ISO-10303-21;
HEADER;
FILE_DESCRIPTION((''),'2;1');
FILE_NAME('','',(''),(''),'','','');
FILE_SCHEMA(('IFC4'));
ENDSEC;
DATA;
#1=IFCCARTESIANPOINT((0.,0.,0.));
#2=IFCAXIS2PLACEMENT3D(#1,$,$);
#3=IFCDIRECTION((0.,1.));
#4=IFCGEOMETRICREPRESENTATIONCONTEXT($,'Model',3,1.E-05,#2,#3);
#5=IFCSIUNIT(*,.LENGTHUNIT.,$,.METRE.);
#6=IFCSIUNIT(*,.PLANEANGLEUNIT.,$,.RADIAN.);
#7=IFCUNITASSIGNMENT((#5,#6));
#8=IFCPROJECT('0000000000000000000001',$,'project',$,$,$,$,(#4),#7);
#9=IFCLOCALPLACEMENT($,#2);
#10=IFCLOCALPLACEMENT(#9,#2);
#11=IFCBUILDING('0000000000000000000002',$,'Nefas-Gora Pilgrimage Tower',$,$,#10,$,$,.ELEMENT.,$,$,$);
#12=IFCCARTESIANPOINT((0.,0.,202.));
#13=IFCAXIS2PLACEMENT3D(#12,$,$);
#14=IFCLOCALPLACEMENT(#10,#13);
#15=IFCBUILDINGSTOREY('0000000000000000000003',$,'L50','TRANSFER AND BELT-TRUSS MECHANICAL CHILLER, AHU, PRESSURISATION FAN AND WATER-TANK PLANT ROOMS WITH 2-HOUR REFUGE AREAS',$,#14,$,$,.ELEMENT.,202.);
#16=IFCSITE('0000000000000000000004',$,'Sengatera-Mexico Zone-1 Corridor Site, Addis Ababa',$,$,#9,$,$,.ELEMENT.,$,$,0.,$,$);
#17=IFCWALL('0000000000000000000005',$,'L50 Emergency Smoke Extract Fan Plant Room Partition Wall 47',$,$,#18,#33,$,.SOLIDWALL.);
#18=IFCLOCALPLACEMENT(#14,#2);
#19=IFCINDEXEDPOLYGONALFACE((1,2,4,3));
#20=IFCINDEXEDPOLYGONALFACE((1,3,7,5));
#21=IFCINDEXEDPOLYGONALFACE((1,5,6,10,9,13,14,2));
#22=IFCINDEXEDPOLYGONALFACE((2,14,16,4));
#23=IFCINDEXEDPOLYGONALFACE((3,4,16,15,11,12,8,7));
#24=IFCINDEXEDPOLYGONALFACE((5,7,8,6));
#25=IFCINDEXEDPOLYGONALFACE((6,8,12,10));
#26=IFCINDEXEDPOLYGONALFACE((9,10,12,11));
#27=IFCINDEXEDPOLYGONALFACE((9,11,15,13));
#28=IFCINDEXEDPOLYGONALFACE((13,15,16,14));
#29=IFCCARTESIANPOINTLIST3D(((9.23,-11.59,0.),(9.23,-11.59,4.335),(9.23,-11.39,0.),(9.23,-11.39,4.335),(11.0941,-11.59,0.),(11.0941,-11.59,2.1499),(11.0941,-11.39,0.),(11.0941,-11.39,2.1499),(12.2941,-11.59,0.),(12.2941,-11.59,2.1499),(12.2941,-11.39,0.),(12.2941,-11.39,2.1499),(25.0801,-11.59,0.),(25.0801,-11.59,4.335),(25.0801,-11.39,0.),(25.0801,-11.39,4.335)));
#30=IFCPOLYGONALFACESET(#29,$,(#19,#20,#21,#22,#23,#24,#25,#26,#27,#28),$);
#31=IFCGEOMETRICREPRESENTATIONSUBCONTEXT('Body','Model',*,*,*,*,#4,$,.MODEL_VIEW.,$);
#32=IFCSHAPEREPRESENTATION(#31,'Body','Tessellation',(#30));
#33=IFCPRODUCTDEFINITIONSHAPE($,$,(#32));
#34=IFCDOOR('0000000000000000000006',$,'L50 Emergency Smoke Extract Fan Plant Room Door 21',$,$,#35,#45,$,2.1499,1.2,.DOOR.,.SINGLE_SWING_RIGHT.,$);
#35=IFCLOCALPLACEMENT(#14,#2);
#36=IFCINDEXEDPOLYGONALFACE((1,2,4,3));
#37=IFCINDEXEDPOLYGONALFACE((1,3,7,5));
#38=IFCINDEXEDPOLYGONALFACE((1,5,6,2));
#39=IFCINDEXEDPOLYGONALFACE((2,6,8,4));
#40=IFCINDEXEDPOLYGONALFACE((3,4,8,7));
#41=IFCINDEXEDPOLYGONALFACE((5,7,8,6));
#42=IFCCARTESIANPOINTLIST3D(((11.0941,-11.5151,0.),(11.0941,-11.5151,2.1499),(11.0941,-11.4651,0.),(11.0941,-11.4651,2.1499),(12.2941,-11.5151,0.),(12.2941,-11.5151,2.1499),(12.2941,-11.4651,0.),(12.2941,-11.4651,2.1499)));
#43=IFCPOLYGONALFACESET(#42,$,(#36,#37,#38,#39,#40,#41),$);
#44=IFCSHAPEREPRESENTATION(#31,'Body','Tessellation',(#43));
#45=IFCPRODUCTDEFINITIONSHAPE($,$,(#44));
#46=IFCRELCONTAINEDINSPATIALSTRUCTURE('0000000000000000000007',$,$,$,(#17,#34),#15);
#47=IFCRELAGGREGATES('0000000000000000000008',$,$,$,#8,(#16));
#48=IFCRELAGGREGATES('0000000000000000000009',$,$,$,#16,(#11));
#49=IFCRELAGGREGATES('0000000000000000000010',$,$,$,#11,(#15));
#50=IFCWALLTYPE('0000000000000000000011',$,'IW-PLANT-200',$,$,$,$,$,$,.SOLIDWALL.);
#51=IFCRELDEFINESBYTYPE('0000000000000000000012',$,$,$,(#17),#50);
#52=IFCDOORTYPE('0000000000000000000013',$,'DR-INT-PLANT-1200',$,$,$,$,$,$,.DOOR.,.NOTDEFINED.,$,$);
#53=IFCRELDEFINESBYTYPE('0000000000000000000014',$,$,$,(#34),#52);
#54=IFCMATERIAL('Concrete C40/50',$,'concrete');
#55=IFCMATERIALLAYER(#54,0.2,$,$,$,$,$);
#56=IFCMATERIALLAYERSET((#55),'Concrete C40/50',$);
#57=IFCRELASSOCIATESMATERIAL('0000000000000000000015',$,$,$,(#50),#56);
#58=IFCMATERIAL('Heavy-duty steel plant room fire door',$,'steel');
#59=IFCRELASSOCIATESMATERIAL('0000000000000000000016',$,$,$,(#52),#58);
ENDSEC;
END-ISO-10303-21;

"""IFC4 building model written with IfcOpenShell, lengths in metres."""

from ifc_helpers import new_model, si_unit, direction, frame, frame_2d, origin, place, context, subcontext, project, spatial, rectangle, extrude, source, transform, mapped, material, layer, layer_set, type_object, element, fill, save


model = new_model("IFC4")

# Units and contexts
model_context = context("Model", 3, precision=1e-05, world=origin(), true_north=direction((0.0, 1.0)))
body_context = subcontext(model_context, "Body", "Model", "MODEL_VIEW")
ifc_project = project(units=[si_unit("LENGTHUNIT", "METRE"), si_unit("PLANEANGLEUNIT", "RADIAN")], contexts=[model_context])

# Site, building, storey
site_placement = place(None, origin())
site = spatial("IfcSite", under=ifc_project, at=site_placement, Name="Sengatera-Mexico Zone-1 Corridor Site, Addis Ababa", CompositionType="ELEMENT", RefElevation=0.0)
building_placement = place(site_placement, origin())
building = spatial("IfcBuilding", under=site, at=building_placement, Name="Nefas-Gora Pilgrimage Tower", CompositionType="ELEMENT")
storey_placement = place(building_placement, frame((0.0, 0.0, 202.0)))
storey = spatial("IfcBuildingStorey", under=building, at=storey_placement, Name="L50", Description="TRANSFER AND BELT-TRUSS MECHANICAL CHILLER, AHU, PRESSURISATION FAN AND WATER-TANK PLANT ROOMS WITH 2-HOUR REFUGE AREAS", CompositionType="ELEMENT", Elevation=202.0)

# Shared definitions
ifc_material_1 = material(Name="Concrete C40/50", Category="concrete")
ifc_layer_1 = layer(ifc_material_1, 0.2)
ifc_layer_set_1 = layer_set([ifc_layer_1], Name="Concrete C40/50")
wall_type_1 = type_object("IfcWallType", Name="IW-PLANT-200", PredefinedType="SOLIDWALL", material=ifc_layer_set_1)
ifc_material_2 = material(Name="Heavy-duty steel plant room fire door", Category="steel")
door_type_1 = type_object("IfcDoorType", Name="DR-INT-PLANT-1200", OperationType="NOTDEFINED", PredefinedType="DOOR", material=ifc_material_2)
shared_shape_1 = source(origin(), body_context, "Body", "SweptSolid", [
    extrude(rectangle(XDim=1.2, YDim=2.1499, at=frame_2d((0.6001, 1.075))), frame((0.0, 0.0249, 0.0), z_axis=(0.0, -1.0, 0.0), x_axis=(1.0, 0.0, 0.0)), (0.0, 0.0, 1.0), 0.05),
])

# Wall, opening, door
shared_shape_2 = source(origin(), body_context, "Body", "SweptSolid", [
    extrude(rectangle(XDim=15.8501, YDim=0.2, at=frame_2d((7.925, 0.0))), origin(), (0.0, 0.0, 1.0), 4.335),
])
wall_1_placement = place(storey_placement, frame((9.23, -11.49, 0.0), z_axis=(0.0, 0.0, 1.0), x_axis=(1.0, 0.0, 0.0)))
wall_1 = element("IfcWall", 1, at=wall_1_placement, inside=storey, type_object=wall_type_1, Name="L50 Emergency Smoke Extract Fan Plant Room Partition Wall 47", PredefinedType="SOLIDWALL", context=body_context, shape_type="MappedRepresentation", body=[
    mapped(shared_shape_2, transform((0.0, 0.0, 0.0), x_axis=(1.0, 0.0, 0.0), y_axis=(0.0, 1.0, 0.0), z_axis=(0.0, 0.0, 1.0), scale=1.0)),
])
opening_1_placement = place(wall_1_placement, frame((1.864, 0.0, 0.0)))
opening_1 = element("IfcOpeningElement", 2, at=opening_1_placement, cuts=wall_1, PredefinedType="OPENING", context=body_context, shape_type="SweptSolid", body=[
    extrude(rectangle(XDim=1.2, YDim=2.1499, at=frame_2d((0.6001, 1.075))), frame((0.0, 0.1099, 0.0), z_axis=(0.0, -1.0, 0.0), x_axis=(1.0, 0.0, 0.0)), (0.0, 0.0, 1.0), 0.22),
])
door_1_placement = place(opening_1_placement, origin())
door_1 = element("IfcDoor", 3, at=door_1_placement, inside=storey, type_object=door_type_1, Name="L50 Emergency Smoke Extract Fan Plant Room Door 21", OperationType="SINGLE_SWING_RIGHT", OverallHeight=2.1499, OverallWidth=1.2, PredefinedType="DOOR", context=body_context, shape_type="MappedRepresentation", body=[
    mapped(shared_shape_1, transform((0.0, 0.0, 0.0), x_axis=(1.0, 0.0, 0.0), y_axis=(0.0, 1.0, 0.0), z_axis=(0.0, 0.0, 1.0), scale=1.0)),
])
fill(opening_1, door_1)

save(model, "model.ifc")
